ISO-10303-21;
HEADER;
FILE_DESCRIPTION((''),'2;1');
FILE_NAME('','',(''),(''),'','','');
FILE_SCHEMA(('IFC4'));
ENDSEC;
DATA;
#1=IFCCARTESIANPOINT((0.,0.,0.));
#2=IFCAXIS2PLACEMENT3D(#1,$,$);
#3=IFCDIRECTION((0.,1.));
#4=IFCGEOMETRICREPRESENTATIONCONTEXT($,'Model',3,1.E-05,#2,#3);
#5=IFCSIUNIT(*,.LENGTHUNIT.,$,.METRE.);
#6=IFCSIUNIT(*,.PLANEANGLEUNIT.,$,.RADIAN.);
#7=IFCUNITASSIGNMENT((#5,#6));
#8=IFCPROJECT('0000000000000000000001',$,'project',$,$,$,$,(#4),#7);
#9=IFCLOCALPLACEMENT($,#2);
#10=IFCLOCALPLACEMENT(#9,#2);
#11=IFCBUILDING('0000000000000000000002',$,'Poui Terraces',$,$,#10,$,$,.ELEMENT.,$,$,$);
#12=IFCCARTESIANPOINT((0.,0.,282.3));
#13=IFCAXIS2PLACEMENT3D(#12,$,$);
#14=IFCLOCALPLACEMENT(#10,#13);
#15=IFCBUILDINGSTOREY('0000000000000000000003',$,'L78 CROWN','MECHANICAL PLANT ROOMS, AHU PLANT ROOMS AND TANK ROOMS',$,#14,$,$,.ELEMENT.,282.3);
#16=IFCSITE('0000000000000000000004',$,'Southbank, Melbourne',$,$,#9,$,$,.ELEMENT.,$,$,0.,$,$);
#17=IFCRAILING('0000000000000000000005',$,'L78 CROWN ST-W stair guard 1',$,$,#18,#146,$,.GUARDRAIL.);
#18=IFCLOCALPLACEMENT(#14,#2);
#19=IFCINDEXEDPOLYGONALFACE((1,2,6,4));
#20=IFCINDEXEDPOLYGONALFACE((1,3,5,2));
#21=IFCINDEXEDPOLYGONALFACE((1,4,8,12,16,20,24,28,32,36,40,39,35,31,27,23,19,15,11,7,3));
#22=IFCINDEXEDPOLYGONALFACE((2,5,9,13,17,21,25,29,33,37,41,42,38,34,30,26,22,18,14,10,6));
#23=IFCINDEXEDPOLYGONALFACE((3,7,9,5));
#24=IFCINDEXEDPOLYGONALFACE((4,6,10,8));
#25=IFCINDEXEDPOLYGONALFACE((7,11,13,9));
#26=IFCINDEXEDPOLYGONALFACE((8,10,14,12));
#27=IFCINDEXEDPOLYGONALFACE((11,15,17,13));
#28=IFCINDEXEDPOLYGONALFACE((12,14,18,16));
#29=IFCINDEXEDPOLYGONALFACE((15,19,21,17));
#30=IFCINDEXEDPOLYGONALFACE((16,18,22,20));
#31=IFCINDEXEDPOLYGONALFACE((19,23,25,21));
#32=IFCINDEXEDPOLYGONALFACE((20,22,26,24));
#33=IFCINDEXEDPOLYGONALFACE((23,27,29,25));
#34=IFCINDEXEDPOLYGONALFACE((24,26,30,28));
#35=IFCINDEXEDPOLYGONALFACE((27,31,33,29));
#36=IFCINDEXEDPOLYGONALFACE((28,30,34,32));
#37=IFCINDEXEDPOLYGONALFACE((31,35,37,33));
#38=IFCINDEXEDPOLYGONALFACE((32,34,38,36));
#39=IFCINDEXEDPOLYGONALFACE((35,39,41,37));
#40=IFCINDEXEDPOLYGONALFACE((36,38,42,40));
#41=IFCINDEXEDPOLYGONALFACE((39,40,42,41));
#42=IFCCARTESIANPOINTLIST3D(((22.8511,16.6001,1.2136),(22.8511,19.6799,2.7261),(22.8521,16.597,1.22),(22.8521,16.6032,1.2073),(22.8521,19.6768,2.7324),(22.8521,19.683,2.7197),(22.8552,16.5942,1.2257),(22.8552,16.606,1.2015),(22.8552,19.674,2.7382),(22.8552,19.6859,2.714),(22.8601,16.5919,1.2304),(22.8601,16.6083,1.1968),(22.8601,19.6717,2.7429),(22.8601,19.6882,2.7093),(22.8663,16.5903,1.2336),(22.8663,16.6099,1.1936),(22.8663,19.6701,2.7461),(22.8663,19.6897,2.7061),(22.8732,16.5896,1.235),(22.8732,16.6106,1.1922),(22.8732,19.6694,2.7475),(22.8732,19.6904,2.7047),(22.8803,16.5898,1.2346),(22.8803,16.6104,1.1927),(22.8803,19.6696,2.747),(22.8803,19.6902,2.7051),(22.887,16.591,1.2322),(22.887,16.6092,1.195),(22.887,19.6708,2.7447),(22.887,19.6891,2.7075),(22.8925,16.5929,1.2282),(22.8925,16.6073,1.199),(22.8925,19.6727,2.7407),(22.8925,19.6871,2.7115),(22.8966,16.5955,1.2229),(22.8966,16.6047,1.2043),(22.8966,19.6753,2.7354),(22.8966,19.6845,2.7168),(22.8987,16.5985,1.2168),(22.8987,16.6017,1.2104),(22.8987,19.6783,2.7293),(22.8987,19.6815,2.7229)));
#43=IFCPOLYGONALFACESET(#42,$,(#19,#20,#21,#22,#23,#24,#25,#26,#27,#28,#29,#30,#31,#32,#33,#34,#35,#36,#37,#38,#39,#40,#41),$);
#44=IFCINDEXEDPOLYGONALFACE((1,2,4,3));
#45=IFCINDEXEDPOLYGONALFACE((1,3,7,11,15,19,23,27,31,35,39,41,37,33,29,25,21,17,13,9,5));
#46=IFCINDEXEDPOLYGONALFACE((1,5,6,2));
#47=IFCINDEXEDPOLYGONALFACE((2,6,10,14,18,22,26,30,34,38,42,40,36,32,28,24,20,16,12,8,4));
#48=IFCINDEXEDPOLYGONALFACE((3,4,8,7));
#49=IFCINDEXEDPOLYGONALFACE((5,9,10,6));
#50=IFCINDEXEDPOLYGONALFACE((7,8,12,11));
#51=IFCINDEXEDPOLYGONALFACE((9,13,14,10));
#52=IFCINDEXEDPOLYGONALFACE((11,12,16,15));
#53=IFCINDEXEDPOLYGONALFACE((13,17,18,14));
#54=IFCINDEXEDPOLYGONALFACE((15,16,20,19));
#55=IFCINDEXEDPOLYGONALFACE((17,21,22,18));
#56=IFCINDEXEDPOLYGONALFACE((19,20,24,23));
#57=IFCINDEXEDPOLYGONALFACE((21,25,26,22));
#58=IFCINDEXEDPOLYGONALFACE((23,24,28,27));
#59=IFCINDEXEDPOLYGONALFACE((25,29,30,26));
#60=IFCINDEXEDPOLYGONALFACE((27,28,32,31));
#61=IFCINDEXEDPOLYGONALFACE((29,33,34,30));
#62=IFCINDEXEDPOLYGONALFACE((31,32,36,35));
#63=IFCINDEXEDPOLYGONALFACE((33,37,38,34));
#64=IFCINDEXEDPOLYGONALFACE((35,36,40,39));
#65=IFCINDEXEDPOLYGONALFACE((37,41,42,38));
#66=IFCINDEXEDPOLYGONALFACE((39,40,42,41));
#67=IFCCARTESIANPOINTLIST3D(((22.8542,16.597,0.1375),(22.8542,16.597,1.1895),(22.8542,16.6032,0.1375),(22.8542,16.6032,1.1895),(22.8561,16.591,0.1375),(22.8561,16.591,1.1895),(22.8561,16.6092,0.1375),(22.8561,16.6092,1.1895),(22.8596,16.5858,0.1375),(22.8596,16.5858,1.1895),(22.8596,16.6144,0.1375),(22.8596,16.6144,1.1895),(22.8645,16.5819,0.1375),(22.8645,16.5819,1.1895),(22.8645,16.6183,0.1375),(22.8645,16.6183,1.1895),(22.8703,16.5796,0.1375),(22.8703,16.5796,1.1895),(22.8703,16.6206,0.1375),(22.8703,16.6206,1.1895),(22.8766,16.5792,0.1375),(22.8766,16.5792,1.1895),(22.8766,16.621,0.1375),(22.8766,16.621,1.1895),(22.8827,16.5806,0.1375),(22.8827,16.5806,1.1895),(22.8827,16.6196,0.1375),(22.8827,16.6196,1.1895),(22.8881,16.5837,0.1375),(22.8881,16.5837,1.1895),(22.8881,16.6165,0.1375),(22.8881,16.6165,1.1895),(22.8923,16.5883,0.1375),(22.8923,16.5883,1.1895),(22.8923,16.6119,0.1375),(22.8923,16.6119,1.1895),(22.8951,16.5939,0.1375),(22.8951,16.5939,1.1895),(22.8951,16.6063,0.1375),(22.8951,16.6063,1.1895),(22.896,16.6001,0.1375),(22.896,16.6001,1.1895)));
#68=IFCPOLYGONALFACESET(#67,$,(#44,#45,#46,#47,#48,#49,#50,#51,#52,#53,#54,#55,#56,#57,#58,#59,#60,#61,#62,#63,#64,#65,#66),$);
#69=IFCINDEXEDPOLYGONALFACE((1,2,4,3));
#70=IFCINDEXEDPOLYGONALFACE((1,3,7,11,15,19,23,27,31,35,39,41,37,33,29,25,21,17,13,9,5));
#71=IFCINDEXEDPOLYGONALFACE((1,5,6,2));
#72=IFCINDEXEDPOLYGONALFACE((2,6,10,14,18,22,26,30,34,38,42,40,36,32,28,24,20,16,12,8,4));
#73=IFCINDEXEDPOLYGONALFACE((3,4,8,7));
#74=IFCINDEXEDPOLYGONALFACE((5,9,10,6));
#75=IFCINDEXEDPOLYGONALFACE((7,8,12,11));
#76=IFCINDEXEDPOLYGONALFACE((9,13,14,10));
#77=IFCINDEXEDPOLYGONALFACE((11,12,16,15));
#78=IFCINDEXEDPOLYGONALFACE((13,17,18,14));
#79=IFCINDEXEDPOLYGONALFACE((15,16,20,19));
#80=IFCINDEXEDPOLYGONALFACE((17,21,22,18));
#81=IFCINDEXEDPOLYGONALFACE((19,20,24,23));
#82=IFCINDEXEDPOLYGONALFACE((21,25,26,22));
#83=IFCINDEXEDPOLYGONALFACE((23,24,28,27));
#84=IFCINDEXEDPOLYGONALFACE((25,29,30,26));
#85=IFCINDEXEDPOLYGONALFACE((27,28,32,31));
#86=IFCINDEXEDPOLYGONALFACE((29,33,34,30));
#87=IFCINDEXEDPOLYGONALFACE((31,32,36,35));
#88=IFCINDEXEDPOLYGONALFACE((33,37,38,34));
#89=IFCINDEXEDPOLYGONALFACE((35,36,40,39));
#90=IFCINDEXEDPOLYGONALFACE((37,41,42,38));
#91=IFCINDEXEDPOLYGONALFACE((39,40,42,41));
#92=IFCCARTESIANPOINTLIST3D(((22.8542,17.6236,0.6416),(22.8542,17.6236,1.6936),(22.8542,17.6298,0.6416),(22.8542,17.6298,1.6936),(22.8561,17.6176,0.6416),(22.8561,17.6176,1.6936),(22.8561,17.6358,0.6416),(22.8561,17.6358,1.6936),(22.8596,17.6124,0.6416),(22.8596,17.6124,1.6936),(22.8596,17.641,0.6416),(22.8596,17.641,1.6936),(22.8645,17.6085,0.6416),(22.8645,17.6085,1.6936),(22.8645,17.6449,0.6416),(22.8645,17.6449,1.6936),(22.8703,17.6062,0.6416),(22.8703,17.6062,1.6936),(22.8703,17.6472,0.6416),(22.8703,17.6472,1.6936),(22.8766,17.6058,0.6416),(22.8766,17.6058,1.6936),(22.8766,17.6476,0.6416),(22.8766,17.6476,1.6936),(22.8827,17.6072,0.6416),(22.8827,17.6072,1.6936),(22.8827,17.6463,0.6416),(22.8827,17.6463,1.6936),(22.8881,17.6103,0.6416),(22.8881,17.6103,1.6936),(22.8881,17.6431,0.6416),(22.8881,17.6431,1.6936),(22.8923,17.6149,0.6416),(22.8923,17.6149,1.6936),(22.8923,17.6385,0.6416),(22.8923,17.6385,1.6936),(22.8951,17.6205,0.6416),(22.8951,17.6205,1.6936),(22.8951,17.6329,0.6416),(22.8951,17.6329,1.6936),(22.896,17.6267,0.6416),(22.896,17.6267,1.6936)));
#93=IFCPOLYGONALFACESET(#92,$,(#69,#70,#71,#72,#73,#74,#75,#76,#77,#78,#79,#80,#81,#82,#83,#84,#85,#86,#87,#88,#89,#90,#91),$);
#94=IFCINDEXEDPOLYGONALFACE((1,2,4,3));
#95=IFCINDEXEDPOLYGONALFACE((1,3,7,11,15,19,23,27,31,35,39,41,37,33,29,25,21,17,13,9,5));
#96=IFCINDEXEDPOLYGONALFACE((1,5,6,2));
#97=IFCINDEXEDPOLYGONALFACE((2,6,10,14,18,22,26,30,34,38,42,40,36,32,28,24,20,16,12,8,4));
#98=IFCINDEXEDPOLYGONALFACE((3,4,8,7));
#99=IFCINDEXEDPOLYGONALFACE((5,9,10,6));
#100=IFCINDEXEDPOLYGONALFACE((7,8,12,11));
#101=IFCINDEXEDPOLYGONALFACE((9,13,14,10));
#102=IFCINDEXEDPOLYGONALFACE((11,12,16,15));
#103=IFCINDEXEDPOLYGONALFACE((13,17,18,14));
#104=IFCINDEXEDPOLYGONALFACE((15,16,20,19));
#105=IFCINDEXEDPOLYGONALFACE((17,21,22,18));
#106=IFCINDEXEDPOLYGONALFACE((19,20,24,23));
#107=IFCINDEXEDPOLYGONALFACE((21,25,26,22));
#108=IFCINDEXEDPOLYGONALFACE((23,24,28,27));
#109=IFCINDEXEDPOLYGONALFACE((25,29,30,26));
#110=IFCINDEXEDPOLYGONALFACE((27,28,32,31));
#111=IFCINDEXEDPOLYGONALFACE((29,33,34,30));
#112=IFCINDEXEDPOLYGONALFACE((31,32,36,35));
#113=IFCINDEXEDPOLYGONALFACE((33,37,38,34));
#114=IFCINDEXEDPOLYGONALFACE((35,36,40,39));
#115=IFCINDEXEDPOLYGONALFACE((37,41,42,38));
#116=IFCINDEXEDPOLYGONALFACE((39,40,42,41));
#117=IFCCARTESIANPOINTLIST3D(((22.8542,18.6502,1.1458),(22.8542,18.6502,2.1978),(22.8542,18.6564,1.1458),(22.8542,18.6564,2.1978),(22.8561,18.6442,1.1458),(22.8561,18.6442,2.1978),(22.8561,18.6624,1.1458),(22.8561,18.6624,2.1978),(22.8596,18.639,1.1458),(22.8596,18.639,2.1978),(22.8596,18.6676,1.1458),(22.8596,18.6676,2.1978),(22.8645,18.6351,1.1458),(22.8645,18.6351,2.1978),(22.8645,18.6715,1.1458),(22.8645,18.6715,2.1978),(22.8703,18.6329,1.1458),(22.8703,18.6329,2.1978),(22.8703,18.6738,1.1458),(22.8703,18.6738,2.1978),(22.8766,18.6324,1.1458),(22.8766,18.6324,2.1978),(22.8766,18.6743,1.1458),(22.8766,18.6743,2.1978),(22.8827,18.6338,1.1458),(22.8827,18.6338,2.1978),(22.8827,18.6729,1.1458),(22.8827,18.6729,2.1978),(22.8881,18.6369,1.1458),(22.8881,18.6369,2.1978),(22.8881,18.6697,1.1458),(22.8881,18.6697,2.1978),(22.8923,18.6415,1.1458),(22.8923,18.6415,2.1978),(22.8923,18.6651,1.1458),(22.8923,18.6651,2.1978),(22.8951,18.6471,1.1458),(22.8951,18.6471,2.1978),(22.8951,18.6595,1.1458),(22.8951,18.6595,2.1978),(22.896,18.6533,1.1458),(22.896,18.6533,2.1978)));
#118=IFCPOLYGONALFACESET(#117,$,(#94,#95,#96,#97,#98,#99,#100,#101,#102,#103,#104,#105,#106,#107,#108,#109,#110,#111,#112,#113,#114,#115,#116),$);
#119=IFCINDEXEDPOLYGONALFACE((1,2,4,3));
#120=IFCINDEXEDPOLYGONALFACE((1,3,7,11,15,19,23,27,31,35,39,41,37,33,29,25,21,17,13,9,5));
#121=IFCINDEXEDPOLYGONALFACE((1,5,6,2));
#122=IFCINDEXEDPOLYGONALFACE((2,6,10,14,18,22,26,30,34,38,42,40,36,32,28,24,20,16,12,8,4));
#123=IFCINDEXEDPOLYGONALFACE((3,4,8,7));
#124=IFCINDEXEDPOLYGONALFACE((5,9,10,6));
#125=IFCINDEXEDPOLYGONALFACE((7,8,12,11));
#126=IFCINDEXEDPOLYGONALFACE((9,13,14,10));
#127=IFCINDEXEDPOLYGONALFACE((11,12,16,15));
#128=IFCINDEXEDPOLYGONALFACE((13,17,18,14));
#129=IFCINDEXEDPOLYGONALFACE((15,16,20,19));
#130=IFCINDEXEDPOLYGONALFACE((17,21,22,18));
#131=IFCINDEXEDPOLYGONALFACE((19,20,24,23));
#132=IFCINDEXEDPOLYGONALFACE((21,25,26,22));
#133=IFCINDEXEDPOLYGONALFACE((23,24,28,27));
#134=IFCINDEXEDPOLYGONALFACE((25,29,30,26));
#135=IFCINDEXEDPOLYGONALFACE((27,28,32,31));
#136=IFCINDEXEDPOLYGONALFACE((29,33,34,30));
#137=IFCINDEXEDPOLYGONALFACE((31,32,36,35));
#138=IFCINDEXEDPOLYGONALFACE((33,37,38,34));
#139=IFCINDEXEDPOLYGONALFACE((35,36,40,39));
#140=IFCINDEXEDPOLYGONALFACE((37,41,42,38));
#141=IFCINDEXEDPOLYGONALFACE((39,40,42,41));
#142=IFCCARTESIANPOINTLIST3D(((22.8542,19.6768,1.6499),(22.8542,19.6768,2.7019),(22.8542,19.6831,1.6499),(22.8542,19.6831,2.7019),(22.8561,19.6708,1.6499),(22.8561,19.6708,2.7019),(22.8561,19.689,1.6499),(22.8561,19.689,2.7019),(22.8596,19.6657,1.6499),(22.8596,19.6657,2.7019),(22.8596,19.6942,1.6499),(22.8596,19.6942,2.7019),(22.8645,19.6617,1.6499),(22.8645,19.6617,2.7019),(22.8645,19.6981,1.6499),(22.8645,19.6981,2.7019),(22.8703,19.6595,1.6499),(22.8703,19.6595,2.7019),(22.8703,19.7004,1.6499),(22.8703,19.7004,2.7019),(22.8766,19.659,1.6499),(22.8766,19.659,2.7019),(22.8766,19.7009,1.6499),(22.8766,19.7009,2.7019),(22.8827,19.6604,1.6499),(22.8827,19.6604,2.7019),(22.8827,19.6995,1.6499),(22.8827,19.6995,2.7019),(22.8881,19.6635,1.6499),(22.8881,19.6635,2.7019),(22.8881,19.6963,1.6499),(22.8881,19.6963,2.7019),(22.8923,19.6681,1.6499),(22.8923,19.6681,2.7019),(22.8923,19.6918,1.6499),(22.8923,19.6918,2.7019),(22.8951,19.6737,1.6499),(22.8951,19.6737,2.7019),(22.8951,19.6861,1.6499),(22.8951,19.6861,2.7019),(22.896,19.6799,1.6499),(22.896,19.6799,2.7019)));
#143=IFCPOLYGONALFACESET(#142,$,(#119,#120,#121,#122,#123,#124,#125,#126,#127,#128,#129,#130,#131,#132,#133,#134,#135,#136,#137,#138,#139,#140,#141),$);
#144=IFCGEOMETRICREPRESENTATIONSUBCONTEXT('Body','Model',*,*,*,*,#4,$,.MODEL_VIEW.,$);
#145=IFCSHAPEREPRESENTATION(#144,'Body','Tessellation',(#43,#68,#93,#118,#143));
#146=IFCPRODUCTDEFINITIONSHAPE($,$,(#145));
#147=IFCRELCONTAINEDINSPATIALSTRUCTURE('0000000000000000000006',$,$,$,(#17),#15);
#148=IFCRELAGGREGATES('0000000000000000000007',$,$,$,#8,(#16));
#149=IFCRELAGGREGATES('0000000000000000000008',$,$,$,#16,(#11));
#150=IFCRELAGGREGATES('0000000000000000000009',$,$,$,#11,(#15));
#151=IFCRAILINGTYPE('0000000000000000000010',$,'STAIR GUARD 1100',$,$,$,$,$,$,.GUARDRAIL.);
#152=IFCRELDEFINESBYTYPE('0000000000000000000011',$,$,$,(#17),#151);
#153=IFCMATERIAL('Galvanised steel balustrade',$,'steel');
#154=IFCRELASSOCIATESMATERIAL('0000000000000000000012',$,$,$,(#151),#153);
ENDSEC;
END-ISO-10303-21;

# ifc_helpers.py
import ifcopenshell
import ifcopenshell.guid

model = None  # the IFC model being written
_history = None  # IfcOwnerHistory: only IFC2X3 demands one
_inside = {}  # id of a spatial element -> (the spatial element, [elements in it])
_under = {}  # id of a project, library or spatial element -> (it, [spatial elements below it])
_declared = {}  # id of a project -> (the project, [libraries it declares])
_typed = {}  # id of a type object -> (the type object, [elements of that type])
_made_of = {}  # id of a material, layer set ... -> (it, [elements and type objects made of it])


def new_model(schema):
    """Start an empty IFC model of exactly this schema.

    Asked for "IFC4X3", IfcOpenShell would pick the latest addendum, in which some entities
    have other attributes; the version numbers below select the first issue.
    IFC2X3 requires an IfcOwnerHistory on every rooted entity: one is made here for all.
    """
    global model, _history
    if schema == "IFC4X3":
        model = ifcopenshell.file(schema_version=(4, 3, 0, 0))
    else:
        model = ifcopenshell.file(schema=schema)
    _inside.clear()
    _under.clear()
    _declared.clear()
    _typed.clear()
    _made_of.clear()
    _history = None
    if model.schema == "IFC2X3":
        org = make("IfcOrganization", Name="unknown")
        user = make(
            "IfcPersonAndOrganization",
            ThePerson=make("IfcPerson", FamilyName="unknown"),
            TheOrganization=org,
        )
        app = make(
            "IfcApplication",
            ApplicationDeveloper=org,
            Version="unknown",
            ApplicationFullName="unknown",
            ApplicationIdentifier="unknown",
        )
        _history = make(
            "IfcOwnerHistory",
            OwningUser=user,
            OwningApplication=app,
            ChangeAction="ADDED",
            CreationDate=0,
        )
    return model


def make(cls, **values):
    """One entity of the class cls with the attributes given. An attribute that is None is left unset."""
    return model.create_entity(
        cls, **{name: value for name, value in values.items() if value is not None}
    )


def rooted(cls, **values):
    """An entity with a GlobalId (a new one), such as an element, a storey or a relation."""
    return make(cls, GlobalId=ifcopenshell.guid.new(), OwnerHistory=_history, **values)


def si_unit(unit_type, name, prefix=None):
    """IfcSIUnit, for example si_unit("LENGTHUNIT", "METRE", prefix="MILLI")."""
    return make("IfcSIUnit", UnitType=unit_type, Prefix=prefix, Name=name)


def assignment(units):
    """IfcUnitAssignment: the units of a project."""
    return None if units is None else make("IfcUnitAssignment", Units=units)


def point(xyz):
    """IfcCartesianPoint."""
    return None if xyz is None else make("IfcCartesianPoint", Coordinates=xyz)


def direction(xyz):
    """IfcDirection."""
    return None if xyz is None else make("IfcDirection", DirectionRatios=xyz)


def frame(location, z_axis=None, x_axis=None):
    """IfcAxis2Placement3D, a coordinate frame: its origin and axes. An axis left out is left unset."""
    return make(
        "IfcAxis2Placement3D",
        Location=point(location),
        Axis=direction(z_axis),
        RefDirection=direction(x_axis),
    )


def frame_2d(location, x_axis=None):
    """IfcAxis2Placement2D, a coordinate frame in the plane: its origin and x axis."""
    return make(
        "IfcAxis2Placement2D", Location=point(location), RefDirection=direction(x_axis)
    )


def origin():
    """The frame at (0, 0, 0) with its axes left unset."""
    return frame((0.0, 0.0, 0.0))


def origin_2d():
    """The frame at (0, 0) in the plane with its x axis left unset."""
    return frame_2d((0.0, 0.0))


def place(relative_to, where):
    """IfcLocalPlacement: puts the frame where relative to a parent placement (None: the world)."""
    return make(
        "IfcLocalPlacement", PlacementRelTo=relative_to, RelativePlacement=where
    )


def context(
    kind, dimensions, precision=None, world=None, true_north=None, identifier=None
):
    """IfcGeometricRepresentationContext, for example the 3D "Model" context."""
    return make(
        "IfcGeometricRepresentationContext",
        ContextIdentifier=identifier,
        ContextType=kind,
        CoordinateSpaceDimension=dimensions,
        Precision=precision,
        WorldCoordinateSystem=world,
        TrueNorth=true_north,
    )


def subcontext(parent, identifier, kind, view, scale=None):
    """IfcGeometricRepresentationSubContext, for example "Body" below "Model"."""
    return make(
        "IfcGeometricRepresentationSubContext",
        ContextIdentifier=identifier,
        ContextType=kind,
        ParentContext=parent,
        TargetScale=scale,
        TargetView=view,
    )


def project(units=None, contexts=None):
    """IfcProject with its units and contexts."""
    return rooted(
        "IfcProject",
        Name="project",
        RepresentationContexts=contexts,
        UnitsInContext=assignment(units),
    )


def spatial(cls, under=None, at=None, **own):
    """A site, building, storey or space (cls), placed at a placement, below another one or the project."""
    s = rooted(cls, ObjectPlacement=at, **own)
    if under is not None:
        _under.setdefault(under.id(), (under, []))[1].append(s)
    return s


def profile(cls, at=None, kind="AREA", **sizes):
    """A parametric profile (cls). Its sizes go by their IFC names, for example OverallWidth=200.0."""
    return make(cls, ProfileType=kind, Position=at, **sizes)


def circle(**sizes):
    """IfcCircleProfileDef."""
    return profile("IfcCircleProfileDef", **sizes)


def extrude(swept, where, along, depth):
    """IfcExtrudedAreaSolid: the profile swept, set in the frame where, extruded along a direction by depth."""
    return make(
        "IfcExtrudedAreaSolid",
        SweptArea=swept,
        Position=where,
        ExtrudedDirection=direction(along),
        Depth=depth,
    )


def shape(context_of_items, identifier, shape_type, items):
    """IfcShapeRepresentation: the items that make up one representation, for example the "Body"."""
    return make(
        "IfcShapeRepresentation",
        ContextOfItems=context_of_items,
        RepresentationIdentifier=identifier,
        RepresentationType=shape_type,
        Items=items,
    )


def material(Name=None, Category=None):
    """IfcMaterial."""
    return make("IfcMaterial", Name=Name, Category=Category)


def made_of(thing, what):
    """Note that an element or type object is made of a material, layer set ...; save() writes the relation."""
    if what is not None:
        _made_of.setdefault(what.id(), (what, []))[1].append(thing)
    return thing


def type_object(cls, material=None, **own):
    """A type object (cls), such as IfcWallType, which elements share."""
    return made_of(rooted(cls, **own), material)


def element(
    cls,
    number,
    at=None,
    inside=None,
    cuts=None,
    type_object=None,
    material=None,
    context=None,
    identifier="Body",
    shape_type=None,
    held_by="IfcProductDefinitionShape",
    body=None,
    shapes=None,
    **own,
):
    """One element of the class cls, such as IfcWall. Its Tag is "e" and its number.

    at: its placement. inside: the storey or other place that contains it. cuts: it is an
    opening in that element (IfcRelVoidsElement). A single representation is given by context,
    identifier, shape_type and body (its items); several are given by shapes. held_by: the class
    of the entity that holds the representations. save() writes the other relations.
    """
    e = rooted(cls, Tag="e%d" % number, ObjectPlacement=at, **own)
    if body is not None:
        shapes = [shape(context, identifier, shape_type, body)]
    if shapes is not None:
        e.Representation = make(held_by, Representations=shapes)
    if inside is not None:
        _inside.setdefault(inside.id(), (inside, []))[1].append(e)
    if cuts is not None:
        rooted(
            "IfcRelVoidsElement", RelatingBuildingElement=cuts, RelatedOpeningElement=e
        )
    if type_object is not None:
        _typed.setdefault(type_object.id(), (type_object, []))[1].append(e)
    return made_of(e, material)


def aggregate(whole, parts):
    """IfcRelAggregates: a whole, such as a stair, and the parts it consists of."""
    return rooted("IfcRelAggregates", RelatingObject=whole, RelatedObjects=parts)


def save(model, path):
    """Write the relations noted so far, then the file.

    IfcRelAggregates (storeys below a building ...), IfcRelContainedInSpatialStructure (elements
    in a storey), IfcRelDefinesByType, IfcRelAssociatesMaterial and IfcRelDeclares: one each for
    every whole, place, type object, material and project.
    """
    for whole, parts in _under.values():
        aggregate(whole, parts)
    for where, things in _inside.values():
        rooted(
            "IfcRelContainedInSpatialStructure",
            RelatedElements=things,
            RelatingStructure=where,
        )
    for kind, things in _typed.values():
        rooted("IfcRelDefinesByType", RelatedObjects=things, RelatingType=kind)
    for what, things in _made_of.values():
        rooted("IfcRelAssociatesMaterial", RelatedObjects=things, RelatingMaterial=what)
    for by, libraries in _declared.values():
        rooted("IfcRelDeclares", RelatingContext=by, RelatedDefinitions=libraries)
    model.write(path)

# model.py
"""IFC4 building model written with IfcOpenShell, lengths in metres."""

from ifc_helpers import new_model, si_unit, direction, frame, origin, origin_2d, place, context, subcontext, project, spatial, circle, extrude, material, type_object, element, save


model = new_model("IFC4")

# Units and contexts
model_context = context("Model", 3, precision=1e-05, world=origin(), true_north=direction((0.0, 1.0)))
body_context = subcontext(model_context, "Body", "Model", "MODEL_VIEW")
ifc_project = project(units=[si_unit("LENGTHUNIT", "METRE"), si_unit("PLANEANGLEUNIT", "RADIAN")], contexts=[model_context])

# Site, building, storey
site_placement = place(None, origin())
site = spatial("IfcSite", under=ifc_project, at=site_placement, Name="Southbank, Melbourne", CompositionType="ELEMENT", RefElevation=0.0)
building_placement = place(site_placement, origin())
building = spatial("IfcBuilding", under=site, at=building_placement, Name="Poui Terraces", CompositionType="ELEMENT")
storey_placement = place(building_placement, frame((0.0, 0.0, 282.3)))
storey = spatial("IfcBuildingStorey", under=building, at=storey_placement, Name="L78 CROWN", Description="MECHANICAL PLANT ROOMS, AHU PLANT ROOMS AND TANK ROOMS", CompositionType="ELEMENT", Elevation=282.3)

# Railing
ifc_material_1 = material(Name="Galvanised steel balustrade", Category="steel")
railing_type_1 = type_object("IfcRailingType", Name="STAIR GUARD 1100", PredefinedType="GUARDRAIL", material=ifc_material_1)
railing_1_placement = place(storey_placement, frame((22.875, 16.6001, 0.1375)))
element("IfcRailing", 1, at=railing_1_placement, inside=storey, type_object=railing_type_1, Name="L78 CROWN ST-W stair guard 1", PredefinedType="GUARDRAIL", context=body_context, shape_type="SweptSolid", body=[
    extrude(circle(Radius=0.0239, at=origin_2d()), frame((0.0, 0.0, 1.0762), z_axis=(0.0, 0.897606, 0.440798), x_axis=(-1.0, 0.0, 0.0)), (0.0, 0.0, 1.0), 3.4312),
    extrude(circle(Radius=0.021, at=origin_2d()), origin(), (0.0, 0.0, 1.0), 1.052),
    extrude(circle(Radius=0.021, at=origin_2d()), frame((0.0, 1.0266, 0.5042)), (0.0, 0.0, 1.0), 1.052),
    extrude(circle(Radius=0.021, at=origin_2d()), frame((0.0, 2.0532, 1.0083)), (0.0, 0.0, 1.0), 1.052),
    extrude(circle(Radius=0.021, at=origin_2d()), frame((0.0, 3.0798, 1.5125)), (0.0, 0.0, 1.0), 1.052),
])

save(model, "model.ifc")
